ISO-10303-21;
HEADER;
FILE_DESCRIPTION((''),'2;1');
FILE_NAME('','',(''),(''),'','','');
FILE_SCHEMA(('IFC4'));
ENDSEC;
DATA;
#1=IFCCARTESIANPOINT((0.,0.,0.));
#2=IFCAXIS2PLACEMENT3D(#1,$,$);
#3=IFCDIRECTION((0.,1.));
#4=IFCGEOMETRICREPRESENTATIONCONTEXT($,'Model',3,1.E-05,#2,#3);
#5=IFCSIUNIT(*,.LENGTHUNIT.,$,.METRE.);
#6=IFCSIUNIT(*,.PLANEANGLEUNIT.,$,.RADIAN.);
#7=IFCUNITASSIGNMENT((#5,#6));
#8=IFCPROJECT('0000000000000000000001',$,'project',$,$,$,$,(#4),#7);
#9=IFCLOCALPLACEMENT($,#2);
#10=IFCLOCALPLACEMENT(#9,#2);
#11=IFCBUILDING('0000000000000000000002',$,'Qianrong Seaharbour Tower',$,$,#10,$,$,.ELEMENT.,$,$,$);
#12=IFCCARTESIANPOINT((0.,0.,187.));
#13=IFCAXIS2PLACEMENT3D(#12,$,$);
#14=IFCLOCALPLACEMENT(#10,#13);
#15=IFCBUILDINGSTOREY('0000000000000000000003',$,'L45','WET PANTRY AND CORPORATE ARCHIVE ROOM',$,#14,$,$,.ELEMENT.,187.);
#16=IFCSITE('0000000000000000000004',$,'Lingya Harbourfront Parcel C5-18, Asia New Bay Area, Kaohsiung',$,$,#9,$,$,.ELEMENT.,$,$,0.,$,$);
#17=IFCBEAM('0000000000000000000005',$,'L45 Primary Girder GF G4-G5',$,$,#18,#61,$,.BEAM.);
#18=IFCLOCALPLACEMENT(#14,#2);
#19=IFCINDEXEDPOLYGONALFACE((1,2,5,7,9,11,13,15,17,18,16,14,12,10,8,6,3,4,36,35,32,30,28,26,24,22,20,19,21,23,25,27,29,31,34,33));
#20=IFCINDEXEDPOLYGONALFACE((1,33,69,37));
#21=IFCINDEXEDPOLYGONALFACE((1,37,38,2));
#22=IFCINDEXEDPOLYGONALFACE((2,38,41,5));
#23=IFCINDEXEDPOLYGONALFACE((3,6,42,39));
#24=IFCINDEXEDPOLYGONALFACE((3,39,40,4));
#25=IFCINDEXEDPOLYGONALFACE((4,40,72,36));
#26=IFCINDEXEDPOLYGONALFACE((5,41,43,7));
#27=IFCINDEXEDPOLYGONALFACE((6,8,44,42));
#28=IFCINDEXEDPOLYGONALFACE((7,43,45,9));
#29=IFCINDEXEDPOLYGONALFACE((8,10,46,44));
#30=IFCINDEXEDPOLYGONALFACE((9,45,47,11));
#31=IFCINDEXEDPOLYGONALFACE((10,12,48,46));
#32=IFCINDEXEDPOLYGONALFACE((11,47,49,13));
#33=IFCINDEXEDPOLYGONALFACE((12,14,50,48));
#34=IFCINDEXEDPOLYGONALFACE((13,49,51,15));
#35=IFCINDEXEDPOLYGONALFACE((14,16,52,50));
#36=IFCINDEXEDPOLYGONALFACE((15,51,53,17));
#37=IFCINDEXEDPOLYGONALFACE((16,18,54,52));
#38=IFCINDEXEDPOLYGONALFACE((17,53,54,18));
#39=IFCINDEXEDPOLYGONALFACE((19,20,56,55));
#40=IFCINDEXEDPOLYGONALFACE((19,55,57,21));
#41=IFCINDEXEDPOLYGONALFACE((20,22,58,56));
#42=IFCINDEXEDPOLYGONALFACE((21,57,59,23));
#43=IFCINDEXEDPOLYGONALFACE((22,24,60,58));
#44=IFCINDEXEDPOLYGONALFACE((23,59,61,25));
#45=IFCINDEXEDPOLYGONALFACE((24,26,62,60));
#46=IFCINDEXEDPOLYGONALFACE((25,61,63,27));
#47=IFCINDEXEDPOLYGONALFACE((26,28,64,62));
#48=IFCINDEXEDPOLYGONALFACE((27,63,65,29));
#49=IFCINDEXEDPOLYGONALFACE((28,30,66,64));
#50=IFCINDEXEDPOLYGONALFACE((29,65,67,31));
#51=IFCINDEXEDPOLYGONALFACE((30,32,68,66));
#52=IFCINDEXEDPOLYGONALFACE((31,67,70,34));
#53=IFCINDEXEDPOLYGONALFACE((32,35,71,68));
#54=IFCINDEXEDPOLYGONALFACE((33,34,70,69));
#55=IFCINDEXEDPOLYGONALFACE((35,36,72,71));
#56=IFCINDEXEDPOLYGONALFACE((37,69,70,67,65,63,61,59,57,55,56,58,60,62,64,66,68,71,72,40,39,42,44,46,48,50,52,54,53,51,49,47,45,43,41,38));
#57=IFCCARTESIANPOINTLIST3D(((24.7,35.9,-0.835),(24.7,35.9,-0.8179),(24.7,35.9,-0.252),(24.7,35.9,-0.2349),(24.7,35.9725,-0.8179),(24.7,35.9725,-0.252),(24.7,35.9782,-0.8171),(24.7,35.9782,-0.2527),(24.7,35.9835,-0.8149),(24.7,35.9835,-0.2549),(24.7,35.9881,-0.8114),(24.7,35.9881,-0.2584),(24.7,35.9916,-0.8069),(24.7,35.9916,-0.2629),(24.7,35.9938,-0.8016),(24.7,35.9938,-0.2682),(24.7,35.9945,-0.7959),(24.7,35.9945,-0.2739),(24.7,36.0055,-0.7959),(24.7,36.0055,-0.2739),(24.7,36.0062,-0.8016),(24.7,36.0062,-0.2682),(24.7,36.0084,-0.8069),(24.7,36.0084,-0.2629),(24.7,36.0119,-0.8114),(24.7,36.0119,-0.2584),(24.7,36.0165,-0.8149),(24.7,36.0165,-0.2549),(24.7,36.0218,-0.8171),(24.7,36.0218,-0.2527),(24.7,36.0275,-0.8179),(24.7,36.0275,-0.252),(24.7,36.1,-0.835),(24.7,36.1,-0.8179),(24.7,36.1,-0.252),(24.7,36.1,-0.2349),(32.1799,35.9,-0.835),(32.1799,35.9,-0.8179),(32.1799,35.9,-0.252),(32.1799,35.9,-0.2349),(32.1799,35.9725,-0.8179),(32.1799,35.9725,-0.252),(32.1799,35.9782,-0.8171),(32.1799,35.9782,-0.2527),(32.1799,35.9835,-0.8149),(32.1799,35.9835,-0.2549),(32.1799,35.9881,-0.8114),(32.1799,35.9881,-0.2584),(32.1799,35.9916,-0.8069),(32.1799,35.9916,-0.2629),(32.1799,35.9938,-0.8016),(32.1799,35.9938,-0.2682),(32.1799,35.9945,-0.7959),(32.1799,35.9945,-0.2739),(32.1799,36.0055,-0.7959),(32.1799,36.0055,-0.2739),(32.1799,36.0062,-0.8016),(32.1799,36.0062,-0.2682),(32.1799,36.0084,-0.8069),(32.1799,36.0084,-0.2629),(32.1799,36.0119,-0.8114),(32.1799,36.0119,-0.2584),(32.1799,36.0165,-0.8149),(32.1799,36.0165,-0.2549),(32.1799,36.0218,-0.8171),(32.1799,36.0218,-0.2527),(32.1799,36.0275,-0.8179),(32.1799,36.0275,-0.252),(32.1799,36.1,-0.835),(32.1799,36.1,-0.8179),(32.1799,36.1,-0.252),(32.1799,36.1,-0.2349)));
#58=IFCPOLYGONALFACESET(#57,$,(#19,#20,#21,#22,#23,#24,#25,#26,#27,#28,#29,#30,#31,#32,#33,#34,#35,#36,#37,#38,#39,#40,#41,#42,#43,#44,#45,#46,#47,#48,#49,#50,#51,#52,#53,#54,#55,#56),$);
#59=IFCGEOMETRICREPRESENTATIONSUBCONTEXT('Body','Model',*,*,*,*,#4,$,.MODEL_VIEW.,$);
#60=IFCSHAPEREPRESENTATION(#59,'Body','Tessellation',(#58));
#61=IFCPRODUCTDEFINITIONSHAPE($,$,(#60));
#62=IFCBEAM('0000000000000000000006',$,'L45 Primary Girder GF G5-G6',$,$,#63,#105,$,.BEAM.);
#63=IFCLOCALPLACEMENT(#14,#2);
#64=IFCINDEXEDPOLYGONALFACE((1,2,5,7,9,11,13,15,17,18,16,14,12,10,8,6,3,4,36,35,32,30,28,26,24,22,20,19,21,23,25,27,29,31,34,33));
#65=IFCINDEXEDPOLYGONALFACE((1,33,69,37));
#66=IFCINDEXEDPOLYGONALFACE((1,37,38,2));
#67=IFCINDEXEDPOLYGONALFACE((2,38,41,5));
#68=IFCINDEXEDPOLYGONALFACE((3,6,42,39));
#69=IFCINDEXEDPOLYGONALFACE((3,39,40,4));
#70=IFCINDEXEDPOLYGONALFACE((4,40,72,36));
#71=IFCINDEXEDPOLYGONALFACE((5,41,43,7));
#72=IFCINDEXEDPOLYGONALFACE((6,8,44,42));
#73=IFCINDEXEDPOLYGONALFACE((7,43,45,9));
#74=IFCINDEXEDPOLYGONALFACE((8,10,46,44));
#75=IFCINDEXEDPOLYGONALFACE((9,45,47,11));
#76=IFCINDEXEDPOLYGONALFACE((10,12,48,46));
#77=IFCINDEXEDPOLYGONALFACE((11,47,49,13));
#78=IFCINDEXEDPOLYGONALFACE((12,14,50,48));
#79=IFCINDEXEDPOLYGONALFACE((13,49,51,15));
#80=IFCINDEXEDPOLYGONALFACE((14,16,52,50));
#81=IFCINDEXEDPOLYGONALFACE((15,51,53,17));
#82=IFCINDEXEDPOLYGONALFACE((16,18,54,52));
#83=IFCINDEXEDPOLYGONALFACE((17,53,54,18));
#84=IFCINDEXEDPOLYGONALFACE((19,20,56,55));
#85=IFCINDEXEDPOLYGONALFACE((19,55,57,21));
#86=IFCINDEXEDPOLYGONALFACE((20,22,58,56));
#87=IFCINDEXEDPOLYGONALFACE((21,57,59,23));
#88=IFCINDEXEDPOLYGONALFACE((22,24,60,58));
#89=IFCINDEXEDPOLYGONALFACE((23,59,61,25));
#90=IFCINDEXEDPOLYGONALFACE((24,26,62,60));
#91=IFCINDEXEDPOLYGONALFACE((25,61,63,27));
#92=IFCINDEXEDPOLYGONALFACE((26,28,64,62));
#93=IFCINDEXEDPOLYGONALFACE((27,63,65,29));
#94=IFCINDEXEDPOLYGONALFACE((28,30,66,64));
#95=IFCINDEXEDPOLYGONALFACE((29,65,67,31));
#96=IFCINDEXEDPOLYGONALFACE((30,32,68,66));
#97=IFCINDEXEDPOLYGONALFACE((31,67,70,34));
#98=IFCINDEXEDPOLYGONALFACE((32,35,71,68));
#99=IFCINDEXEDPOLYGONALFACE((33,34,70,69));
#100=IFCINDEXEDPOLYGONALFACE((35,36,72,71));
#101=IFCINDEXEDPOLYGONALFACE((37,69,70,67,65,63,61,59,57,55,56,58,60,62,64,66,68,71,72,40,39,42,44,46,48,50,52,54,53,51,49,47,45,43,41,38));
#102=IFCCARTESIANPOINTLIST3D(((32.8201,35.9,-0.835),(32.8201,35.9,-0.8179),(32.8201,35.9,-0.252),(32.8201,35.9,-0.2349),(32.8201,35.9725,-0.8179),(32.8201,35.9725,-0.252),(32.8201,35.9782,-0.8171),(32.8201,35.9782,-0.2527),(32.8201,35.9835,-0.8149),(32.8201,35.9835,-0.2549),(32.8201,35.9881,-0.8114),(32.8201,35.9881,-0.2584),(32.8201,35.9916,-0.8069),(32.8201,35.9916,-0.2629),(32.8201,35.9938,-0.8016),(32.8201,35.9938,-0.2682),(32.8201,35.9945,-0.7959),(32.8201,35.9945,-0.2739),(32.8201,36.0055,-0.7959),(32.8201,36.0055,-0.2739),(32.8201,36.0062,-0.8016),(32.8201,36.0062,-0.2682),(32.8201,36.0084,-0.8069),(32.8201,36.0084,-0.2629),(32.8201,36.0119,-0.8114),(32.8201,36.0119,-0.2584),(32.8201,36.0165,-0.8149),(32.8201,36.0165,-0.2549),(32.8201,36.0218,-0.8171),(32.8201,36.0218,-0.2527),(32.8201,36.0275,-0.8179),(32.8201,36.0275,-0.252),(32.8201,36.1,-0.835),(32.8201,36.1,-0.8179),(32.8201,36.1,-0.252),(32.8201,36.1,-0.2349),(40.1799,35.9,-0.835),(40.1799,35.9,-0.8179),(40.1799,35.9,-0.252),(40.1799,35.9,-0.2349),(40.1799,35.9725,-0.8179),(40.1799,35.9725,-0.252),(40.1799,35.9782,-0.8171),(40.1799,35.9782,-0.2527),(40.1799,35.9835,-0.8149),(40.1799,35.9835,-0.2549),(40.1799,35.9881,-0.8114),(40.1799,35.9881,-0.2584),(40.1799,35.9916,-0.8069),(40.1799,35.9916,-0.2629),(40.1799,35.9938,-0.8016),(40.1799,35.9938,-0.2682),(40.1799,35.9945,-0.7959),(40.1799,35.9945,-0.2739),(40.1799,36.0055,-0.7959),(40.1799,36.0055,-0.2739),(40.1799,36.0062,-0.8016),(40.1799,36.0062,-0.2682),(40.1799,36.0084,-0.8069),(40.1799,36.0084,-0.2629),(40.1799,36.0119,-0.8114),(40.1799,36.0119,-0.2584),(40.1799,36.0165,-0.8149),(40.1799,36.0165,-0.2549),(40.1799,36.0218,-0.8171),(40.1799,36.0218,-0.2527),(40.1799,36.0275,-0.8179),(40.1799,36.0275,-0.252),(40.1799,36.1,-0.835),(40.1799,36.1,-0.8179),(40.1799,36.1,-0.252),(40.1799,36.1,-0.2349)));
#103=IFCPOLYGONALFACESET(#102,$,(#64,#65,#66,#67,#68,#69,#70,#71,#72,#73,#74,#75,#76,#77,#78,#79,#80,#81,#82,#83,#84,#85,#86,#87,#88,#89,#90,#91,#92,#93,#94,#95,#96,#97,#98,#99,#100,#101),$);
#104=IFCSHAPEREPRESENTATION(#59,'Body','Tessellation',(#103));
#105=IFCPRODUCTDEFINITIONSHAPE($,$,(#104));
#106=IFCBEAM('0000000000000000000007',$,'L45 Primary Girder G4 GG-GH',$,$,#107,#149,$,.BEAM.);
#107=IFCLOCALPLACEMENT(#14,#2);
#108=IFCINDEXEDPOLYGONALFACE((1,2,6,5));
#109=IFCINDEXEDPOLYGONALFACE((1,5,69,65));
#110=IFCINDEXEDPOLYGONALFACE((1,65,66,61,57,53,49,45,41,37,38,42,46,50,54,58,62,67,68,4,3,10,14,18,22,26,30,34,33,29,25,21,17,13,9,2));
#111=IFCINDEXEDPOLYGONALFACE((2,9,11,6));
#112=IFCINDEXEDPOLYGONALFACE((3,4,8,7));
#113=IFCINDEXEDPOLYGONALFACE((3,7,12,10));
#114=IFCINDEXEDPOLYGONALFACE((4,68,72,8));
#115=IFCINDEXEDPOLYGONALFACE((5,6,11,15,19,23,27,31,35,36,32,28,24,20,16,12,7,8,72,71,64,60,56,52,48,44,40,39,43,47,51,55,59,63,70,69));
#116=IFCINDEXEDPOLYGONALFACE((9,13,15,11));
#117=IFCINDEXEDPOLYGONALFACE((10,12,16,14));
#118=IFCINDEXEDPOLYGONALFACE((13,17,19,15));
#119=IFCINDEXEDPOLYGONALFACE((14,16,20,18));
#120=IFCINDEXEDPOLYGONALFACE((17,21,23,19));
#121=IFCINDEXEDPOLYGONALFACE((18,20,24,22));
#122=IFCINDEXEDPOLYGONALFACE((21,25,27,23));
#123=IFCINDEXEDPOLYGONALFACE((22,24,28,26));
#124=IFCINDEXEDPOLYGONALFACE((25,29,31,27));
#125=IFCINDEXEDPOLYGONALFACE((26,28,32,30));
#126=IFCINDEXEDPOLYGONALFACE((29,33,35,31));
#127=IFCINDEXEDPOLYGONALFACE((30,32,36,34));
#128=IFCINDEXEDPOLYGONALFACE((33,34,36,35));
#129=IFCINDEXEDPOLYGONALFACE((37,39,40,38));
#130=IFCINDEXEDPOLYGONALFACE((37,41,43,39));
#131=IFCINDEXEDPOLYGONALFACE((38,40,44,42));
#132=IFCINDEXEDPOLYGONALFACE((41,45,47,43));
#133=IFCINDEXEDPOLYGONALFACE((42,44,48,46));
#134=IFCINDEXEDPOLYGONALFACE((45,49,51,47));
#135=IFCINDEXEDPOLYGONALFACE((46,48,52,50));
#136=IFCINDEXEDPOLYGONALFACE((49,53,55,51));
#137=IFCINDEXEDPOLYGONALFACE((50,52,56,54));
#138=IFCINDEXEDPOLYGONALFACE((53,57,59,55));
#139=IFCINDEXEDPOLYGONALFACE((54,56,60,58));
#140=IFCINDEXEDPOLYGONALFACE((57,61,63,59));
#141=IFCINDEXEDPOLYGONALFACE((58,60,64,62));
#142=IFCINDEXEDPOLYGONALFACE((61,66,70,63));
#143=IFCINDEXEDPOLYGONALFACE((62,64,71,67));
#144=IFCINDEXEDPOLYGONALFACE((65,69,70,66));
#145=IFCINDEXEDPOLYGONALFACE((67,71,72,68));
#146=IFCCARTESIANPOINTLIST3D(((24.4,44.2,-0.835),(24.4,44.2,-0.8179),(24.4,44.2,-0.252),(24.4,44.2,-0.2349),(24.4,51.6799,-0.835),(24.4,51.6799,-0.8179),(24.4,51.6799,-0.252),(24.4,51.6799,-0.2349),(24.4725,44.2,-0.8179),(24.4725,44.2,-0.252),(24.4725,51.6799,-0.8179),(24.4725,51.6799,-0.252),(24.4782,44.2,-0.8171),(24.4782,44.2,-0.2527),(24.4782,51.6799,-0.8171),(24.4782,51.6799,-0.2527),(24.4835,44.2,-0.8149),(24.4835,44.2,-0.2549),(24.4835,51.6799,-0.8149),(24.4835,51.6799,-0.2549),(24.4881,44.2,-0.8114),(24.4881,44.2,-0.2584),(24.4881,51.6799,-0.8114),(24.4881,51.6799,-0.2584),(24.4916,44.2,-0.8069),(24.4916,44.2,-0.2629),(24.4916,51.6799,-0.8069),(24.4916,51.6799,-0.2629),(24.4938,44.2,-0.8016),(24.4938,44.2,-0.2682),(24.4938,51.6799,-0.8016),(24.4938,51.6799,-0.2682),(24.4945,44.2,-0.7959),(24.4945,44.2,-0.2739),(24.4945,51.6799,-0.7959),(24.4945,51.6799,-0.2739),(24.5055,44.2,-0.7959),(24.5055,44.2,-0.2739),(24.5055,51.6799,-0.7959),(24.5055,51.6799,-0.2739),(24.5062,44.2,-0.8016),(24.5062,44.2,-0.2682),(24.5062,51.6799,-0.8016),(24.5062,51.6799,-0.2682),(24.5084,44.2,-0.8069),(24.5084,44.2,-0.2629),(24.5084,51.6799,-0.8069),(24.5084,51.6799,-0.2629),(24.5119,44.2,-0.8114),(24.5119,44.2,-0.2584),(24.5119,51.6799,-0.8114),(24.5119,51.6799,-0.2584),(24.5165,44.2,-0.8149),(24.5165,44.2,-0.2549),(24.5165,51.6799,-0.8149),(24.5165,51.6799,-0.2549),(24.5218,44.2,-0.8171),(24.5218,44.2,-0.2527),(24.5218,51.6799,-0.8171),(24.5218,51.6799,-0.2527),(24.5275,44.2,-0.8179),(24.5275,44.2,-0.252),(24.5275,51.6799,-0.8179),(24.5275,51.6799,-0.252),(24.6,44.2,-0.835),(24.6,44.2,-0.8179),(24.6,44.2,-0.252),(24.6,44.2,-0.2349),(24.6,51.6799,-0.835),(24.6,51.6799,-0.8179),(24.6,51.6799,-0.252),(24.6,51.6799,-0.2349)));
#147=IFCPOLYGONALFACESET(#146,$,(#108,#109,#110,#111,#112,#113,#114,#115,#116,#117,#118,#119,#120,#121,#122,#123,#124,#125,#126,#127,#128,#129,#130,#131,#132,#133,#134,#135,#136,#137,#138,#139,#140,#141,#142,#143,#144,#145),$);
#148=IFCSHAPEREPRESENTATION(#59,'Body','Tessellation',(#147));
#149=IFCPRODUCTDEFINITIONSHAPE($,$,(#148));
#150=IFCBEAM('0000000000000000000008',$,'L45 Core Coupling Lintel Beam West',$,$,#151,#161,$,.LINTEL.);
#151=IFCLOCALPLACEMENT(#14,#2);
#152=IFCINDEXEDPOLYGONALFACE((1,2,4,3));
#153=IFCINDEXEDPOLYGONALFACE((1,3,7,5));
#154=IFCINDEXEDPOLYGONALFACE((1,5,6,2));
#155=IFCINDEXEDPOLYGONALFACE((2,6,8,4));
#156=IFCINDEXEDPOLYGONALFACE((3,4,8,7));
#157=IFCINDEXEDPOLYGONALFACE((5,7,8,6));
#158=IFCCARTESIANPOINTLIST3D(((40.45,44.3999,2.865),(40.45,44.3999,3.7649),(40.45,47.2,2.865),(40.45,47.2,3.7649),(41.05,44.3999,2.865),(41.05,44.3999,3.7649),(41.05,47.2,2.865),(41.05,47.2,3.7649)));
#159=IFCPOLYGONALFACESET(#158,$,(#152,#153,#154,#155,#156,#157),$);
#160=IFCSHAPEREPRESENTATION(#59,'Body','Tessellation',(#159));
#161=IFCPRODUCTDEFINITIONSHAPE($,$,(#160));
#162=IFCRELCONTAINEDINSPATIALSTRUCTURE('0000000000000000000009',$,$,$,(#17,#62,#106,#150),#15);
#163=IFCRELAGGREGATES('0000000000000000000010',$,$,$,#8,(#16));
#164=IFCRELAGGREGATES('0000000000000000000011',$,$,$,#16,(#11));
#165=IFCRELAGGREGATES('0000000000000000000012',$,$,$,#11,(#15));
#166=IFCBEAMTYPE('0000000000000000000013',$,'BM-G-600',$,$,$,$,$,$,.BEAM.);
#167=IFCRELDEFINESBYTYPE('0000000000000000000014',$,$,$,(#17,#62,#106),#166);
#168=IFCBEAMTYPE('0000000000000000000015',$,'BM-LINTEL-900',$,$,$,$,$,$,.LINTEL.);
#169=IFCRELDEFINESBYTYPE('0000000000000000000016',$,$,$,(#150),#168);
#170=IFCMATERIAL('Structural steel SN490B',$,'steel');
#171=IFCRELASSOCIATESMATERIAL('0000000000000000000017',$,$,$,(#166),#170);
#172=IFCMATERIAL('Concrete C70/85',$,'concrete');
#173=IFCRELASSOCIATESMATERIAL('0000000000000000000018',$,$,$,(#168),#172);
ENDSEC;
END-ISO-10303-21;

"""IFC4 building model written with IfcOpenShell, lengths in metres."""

from ifc_helpers import new_model, si_unit, direction, frame, origin, origin_2d, place, context, subcontext, project, spatial, rectangle, i_section, extrude, material, material_profile, profile_set, type_object, element, save


model = new_model("IFC4")

# Units and contexts
model_context = context("Model", 3, precision=1e-05, world=origin(), true_north=direction((0.0, 1.0)))
body_context = subcontext(model_context, "Body", "Model", "MODEL_VIEW")
ifc_project = project(units=[si_unit("LENGTHUNIT", "METRE"), si_unit("PLANEANGLEUNIT", "RADIAN")], contexts=[model_context])

# Site, building, storey
site_placement = place(None, origin())
site = spatial("IfcSite", under=ifc_project, at=site_placement, Name="Lingya Harbourfront Parcel C5-18, Asia New Bay Area, Kaohsiung", CompositionType="ELEMENT", RefElevation=0.0)
building_placement = place(site_placement, origin())
building = spatial("IfcBuilding", under=site, at=building_placement, Name="Qianrong Seaharbour Tower", CompositionType="ELEMENT")
storey_placement = place(building_placement, frame((0.0, 0.0, 187.0)))
storey = spatial("IfcBuildingStorey", under=building, at=storey_placement, Name="L45", Description="WET PANTRY AND CORPORATE ARCHIVE ROOM", CompositionType="ELEMENT", Elevation=187.0)

# Shared definitions
ifc_material_1 = material(Name="Structural steel SN490B", Category="steel")

# Beams
ifc_material_profile_1 = material_profile(ifc_material_1, i_section(OverallWidth=0.2, OverallDepth=0.6001, WebThickness=0.011, FlangeThickness=0.0171, FilletRadius=0.022, at=origin_2d()), Name="H600x200x11x17")
ifc_profile_set_1 = profile_set([ifc_material_profile_1], Name="Structural steel SN490B")
beam_type_1 = type_object("IfcBeamType", Name="BM-G-600", PredefinedType="BEAM", material=ifc_profile_set_1)
beam_1_placement = place(storey_placement, frame((24.7, 36.0, -0.5349), z_axis=(1.0, 0.0, 0.0), x_axis=(0.0, 1.0, 0.0)))
element("IfcBeam", 1, at=beam_1_placement, inside=storey, type_object=beam_type_1, Name="L45 Primary Girder GF G4-G5", PredefinedType="BEAM", context=body_context, shape_type="SweptSolid", body=[
    extrude(i_section(OverallWidth=0.2, OverallDepth=0.6001, WebThickness=0.011, FlangeThickness=0.0171, FilletRadius=0.022, at=origin_2d()), origin(), (0.0, 0.0, 1.0), 7.48),
])
beam_2_placement = place(storey_placement, frame((32.8201, 36.0, -0.5349), z_axis=(1.0, 0.0, 0.0), x_axis=(0.0, 1.0, 0.0)))
element("IfcBeam", 2, at=beam_2_placement, inside=storey, type_object=beam_type_1, Name="L45 Primary Girder GF G5-G6", PredefinedType="BEAM", context=body_context, shape_type="SweptSolid", body=[
    extrude(i_section(OverallWidth=0.2, OverallDepth=0.6001, WebThickness=0.011, FlangeThickness=0.0171, FilletRadius=0.022, at=origin_2d()), origin(), (0.0, 0.0, 1.0), 7.3599),
])
beam_3_placement = place(storey_placement, frame((24.5, 44.2, -0.5349), z_axis=(0.0, 1.0, 0.0), x_axis=(-1.0, 0.0, 0.0)))
element("IfcBeam", 3, at=beam_3_placement, inside=storey, type_object=beam_type_1, Name="L45 Primary Girder G4 GG-GH", PredefinedType="BEAM", context=body_context, shape_type="SweptSolid", body=[
    extrude(i_section(OverallWidth=0.2, OverallDepth=0.6001, WebThickness=0.011, FlangeThickness=0.0171, FilletRadius=0.022, at=origin_2d()), origin(), (0.0, 0.0, 1.0), 7.48),
])
ifc_material_2 = material(Name="Concrete C70/85", Category="concrete")
ifc_material_profile_2 = material_profile(ifc_material_2, rectangle(XDim=0.6001, YDim=0.8999, at=origin_2d()), Name="RC600x900")
ifc_profile_set_2 = profile_set([ifc_material_profile_2], Name="Concrete C70/85")
beam_type_2 = type_object("IfcBeamType", Name="BM-LINTEL-900", PredefinedType="LINTEL", material=ifc_profile_set_2)
beam_4_placement = place(storey_placement, frame((40.75, 44.3999, 3.3149), z_axis=(0.0, 1.0, 0.0), x_axis=(-1.0, 0.0, 0.0)))
element("IfcBeam", 4, at=beam_4_placement, inside=storey, type_object=beam_type_2, Name="L45 Core Coupling Lintel Beam West", PredefinedType="LINTEL", context=body_context, shape_type="SweptSolid", body=[
    extrude(rectangle(XDim=0.6001, YDim=0.8999, at=origin_2d()), origin(), (0.0, 0.0, 1.0), 2.8),
])

save(model, "model.ifc")
